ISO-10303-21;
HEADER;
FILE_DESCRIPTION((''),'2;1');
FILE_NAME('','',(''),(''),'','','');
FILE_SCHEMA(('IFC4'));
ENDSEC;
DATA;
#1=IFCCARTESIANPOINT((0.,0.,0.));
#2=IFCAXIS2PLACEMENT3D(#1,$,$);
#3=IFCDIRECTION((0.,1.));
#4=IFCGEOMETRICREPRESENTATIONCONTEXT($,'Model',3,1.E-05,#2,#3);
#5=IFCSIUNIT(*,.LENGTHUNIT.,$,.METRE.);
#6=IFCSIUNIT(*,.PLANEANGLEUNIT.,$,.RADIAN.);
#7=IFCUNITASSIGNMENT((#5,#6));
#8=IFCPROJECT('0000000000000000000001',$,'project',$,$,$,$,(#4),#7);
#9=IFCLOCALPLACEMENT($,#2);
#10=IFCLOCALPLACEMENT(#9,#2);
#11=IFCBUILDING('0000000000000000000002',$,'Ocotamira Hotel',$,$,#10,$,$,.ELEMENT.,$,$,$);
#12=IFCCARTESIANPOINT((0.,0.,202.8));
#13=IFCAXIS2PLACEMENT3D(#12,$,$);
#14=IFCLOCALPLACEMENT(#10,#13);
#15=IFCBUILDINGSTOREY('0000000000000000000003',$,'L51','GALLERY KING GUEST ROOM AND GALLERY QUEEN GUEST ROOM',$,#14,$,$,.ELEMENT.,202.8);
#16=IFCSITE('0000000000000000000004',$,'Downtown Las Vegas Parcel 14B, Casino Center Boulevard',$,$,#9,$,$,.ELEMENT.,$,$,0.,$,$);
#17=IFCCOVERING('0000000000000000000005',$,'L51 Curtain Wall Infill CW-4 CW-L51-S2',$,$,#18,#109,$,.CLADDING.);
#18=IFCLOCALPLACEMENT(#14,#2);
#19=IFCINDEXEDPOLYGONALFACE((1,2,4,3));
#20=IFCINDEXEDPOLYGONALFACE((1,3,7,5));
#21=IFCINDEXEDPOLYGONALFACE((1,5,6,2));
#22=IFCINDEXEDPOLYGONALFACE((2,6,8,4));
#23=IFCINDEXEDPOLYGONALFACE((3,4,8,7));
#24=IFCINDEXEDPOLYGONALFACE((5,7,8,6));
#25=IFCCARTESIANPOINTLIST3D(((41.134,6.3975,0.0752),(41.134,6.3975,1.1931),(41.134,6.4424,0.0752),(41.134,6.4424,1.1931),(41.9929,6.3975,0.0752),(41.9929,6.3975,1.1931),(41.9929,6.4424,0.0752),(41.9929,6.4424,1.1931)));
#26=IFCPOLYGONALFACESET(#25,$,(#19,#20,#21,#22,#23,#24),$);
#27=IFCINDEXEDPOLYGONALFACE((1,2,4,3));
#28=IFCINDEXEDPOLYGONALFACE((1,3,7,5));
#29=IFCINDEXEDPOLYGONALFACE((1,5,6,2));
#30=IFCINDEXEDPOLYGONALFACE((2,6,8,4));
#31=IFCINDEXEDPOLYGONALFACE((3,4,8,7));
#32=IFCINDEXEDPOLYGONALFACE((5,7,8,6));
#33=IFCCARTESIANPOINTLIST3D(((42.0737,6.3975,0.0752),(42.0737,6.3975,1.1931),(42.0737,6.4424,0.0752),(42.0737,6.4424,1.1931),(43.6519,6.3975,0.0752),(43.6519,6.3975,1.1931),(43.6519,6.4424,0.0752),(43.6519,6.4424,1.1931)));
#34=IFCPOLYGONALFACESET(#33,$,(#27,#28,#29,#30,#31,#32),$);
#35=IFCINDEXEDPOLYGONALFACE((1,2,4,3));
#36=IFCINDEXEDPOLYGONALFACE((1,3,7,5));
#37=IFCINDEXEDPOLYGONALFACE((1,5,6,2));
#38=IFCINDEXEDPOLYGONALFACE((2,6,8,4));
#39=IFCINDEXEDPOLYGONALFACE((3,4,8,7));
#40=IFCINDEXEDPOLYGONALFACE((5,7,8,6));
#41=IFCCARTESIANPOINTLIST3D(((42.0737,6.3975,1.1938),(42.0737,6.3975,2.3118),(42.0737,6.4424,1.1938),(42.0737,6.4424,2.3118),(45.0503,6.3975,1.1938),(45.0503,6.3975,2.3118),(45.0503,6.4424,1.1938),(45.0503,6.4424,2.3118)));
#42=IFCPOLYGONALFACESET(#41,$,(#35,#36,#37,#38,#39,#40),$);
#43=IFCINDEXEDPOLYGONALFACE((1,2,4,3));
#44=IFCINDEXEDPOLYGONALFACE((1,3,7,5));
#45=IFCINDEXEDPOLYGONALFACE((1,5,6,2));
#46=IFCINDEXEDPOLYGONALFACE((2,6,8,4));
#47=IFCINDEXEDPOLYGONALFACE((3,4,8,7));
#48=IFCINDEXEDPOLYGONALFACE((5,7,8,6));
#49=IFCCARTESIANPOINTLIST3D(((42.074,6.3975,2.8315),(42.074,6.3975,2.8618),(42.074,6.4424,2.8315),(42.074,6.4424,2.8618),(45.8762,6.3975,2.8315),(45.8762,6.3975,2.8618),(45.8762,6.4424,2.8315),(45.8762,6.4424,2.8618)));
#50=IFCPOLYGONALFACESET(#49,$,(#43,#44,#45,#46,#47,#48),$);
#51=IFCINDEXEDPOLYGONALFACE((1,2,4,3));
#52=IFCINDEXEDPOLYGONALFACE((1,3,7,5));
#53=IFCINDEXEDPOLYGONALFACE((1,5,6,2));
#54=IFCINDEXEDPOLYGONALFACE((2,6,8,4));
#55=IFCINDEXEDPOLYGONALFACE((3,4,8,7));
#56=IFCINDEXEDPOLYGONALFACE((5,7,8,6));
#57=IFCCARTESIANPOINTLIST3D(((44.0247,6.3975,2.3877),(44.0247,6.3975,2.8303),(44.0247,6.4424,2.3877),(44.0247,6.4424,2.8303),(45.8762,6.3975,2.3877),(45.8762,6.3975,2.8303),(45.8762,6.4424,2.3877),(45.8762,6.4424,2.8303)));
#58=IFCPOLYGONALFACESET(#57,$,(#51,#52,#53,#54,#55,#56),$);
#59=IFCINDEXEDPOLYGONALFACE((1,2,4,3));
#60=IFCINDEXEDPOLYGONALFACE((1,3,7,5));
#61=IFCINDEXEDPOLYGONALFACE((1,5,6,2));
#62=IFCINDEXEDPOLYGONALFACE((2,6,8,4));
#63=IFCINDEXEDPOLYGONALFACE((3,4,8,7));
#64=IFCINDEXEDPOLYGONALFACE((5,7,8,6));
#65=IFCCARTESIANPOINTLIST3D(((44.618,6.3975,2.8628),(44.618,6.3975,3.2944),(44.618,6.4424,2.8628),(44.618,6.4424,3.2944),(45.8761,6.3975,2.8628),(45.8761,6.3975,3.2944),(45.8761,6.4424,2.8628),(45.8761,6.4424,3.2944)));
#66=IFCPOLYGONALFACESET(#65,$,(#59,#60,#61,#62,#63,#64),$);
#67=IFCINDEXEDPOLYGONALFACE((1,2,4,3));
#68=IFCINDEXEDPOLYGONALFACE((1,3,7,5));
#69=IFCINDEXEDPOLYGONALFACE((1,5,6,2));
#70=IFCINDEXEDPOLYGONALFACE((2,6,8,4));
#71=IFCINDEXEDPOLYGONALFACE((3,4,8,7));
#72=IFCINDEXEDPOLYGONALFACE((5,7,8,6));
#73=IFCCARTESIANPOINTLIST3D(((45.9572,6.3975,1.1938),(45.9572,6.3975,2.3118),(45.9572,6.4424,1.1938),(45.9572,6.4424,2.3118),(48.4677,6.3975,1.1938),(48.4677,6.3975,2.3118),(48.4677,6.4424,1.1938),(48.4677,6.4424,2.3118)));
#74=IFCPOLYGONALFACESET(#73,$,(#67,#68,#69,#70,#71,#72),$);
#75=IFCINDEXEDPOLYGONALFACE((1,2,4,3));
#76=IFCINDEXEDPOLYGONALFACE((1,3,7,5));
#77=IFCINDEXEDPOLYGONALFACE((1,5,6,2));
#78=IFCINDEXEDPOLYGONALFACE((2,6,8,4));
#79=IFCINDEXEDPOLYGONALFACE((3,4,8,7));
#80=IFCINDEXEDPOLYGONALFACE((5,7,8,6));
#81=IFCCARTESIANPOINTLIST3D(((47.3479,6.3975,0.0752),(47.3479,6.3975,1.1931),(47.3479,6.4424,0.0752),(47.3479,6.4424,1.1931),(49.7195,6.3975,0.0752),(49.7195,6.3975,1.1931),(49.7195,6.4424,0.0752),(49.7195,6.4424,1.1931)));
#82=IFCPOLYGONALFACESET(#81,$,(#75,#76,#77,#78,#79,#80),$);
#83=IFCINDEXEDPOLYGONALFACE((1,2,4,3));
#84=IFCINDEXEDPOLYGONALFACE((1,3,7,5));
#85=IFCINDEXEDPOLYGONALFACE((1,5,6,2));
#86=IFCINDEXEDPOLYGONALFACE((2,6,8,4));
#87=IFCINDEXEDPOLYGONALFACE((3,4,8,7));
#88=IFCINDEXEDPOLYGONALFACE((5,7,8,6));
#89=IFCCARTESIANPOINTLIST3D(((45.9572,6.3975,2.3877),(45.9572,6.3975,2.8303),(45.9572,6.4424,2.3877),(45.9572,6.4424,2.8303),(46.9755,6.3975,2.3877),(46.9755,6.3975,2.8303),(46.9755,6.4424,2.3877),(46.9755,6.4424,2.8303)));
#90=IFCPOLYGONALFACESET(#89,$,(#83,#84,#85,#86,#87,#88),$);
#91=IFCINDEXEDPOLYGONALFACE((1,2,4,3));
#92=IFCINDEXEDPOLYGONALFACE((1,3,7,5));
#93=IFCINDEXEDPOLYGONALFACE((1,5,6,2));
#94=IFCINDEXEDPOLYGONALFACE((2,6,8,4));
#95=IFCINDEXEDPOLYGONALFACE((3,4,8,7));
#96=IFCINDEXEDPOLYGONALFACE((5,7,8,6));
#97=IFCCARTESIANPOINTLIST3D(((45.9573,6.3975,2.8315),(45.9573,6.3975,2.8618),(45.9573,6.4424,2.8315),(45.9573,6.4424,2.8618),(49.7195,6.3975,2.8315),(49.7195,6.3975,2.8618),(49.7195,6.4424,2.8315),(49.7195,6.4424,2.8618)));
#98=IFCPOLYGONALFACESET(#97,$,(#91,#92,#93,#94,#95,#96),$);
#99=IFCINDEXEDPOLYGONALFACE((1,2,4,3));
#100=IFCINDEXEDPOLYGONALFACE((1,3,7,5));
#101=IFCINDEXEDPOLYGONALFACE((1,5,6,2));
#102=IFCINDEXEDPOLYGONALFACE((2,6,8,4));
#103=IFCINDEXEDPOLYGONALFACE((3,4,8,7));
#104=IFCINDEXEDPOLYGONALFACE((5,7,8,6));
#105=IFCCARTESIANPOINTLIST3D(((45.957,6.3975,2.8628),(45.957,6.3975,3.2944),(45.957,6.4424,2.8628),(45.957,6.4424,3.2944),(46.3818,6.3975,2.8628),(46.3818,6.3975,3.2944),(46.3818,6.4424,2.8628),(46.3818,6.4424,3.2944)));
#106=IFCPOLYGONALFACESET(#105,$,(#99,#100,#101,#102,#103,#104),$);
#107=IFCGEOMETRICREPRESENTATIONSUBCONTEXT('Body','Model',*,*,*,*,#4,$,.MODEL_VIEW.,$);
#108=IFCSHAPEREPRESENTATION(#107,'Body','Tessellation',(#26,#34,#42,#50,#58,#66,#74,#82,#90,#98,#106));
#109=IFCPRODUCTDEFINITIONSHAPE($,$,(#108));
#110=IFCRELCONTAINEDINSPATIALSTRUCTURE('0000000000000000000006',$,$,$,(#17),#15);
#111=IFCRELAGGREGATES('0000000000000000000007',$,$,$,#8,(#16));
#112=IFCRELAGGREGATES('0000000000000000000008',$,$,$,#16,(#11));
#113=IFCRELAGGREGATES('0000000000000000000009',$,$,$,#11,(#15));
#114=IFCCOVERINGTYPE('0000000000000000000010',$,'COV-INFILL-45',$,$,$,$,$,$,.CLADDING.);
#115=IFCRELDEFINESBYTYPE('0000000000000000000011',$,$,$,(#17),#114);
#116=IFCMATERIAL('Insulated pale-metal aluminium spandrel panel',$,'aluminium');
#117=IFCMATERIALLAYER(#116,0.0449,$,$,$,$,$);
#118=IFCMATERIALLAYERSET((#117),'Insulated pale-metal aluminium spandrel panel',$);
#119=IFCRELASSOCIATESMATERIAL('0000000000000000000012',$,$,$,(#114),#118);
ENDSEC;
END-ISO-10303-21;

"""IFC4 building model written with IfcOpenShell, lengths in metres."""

from ifc_helpers import new_model, si_unit, direction, frame, origin, origin_2d, place, context, subcontext, project, spatial, rectangle, extrude, material, layer, layer_set, type_object, element, save


model = new_model("IFC4")

# Units and contexts
model_context = context("Model", 3, precision=1e-05, world=origin(), true_north=direction((0.0, 1.0)))
body_context = subcontext(model_context, "Body", "Model", "MODEL_VIEW")
ifc_project = project(units=[si_unit("LENGTHUNIT", "METRE"), si_unit("PLANEANGLEUNIT", "RADIAN")], contexts=[model_context])

# Site, building, storey
site_placement = place(None, origin())
site = spatial("IfcSite", under=ifc_project, at=site_placement, Name="Downtown Las Vegas Parcel 14B, Casino Center Boulevard", CompositionType="ELEMENT", RefElevation=0.0)
building_placement = place(site_placement, origin())
building = spatial("IfcBuilding", under=site, at=building_placement, Name="Ocotamira Hotel", CompositionType="ELEMENT")
storey_placement = place(building_placement, frame((0.0, 0.0, 202.8)))
storey = spatial("IfcBuildingStorey", under=building, at=storey_placement, Name="L51", Description="GALLERY KING GUEST ROOM AND GALLERY QUEEN GUEST ROOM", CompositionType="ELEMENT", Elevation=202.8)

# Covering
ifc_material_1 = material(Name="Insulated pale-metal aluminium spandrel panel", Category="aluminium")
ifc_layer_1 = layer(ifc_material_1, 0.0449)
ifc_layer_set_1 = layer_set([ifc_layer_1], Name="Insulated pale-metal aluminium spandrel panel")
covering_type_1 = type_object("IfcCoveringType", Name="COV-INFILL-45", PredefinedType="CLADDING", material=ifc_layer_set_1)
covering_1_placement = place(storey_placement, origin())
element("IfcCovering", 1, at=covering_1_placement, inside=storey, type_object=covering_type_1, Name="L51 Curtain Wall Infill CW-4 CW-L51-S2", PredefinedType="CLADDING", context=body_context, shape_type="SweptSolid", body=[
    extrude(rectangle(XDim=0.8589, YDim=0.0449, at=origin_2d()), frame((41.5635, 6.4199, 0.0752), z_axis=(0.0, 0.0, 1.0), x_axis=(1.0, 0.0, 0.0)), (0.0, 0.0, 1.0), 1.1179),
    extrude(rectangle(XDim=1.5781, YDim=0.0449, at=origin_2d()), frame((42.8628, 6.4199, 0.0752), z_axis=(0.0, 0.0, 1.0), x_axis=(1.0, 0.0, 0.0)), (0.0, 0.0, 1.0), 1.1179),
    extrude(rectangle(XDim=2.9766, YDim=0.0449, at=origin_2d()), frame((43.562, 6.4199, 1.1938), z_axis=(0.0, 0.0, 1.0), x_axis=(1.0, 0.0, 0.0)), (0.0, 0.0, 1.0), 1.1179),
    extrude(rectangle(XDim=3.8022, YDim=0.0449, at=origin_2d()), frame((43.9751, 6.4199, 2.8315), z_axis=(0.0, 0.0, 1.0), x_axis=(1.0, 0.0, 0.0)), (0.0, 0.0, 1.0), 0.0303),
    extrude(rectangle(XDim=1.8516, YDim=0.0449, at=origin_2d()), frame((44.9504, 6.4199, 2.3877), z_axis=(0.0, 0.0, 1.0), x_axis=(1.0, 0.0, 0.0)), (0.0, 0.0, 1.0), 0.4426),
    extrude(rectangle(XDim=1.2581, YDim=0.0449, at=origin_2d()), frame((45.2471, 6.4199, 2.8628), z_axis=(0.0, 0.0, 1.0), x_axis=(1.0, 0.0, 0.0)), (0.0, 0.0, 1.0), 0.4316),
    extrude(rectangle(XDim=2.5105, YDim=0.0449, at=origin_2d()), frame((47.2124, 6.4199, 1.1938), z_axis=(0.0, 0.0, 1.0), x_axis=(1.0, 0.0, 0.0)), (0.0, 0.0, 1.0), 1.1179),
    extrude(rectangle(XDim=2.3716, YDim=0.0449, at=origin_2d()), frame((48.5337, 6.4199, 0.0752), z_axis=(0.0, 0.0, 1.0), x_axis=(1.0, 0.0, 0.0)), (0.0, 0.0, 1.0), 1.1179),
    extrude(rectangle(XDim=1.0183, YDim=0.0449, at=origin_2d()), frame((46.4663, 6.4199, 2.3877), z_axis=(0.0, 0.0, 1.0), x_axis=(1.0, 0.0, 0.0)), (0.0, 0.0, 1.0), 0.4426),
    extrude(rectangle(XDim=3.7622, YDim=0.0449, at=origin_2d()), frame((47.8384, 6.4199, 2.8315), z_axis=(0.0, 0.0, 1.0), x_axis=(1.0, 0.0, 0.0)), (0.0, 0.0, 1.0), 0.0303),
    extrude(rectangle(XDim=0.4248, YDim=0.0449, at=origin_2d()), frame((46.1694, 6.4199, 2.8628), z_axis=(0.0, 0.0, 1.0), x_axis=(1.0, 0.0, 0.0)), (0.0, 0.0, 1.0), 0.4316),
])

save(model, "model.ifc")
